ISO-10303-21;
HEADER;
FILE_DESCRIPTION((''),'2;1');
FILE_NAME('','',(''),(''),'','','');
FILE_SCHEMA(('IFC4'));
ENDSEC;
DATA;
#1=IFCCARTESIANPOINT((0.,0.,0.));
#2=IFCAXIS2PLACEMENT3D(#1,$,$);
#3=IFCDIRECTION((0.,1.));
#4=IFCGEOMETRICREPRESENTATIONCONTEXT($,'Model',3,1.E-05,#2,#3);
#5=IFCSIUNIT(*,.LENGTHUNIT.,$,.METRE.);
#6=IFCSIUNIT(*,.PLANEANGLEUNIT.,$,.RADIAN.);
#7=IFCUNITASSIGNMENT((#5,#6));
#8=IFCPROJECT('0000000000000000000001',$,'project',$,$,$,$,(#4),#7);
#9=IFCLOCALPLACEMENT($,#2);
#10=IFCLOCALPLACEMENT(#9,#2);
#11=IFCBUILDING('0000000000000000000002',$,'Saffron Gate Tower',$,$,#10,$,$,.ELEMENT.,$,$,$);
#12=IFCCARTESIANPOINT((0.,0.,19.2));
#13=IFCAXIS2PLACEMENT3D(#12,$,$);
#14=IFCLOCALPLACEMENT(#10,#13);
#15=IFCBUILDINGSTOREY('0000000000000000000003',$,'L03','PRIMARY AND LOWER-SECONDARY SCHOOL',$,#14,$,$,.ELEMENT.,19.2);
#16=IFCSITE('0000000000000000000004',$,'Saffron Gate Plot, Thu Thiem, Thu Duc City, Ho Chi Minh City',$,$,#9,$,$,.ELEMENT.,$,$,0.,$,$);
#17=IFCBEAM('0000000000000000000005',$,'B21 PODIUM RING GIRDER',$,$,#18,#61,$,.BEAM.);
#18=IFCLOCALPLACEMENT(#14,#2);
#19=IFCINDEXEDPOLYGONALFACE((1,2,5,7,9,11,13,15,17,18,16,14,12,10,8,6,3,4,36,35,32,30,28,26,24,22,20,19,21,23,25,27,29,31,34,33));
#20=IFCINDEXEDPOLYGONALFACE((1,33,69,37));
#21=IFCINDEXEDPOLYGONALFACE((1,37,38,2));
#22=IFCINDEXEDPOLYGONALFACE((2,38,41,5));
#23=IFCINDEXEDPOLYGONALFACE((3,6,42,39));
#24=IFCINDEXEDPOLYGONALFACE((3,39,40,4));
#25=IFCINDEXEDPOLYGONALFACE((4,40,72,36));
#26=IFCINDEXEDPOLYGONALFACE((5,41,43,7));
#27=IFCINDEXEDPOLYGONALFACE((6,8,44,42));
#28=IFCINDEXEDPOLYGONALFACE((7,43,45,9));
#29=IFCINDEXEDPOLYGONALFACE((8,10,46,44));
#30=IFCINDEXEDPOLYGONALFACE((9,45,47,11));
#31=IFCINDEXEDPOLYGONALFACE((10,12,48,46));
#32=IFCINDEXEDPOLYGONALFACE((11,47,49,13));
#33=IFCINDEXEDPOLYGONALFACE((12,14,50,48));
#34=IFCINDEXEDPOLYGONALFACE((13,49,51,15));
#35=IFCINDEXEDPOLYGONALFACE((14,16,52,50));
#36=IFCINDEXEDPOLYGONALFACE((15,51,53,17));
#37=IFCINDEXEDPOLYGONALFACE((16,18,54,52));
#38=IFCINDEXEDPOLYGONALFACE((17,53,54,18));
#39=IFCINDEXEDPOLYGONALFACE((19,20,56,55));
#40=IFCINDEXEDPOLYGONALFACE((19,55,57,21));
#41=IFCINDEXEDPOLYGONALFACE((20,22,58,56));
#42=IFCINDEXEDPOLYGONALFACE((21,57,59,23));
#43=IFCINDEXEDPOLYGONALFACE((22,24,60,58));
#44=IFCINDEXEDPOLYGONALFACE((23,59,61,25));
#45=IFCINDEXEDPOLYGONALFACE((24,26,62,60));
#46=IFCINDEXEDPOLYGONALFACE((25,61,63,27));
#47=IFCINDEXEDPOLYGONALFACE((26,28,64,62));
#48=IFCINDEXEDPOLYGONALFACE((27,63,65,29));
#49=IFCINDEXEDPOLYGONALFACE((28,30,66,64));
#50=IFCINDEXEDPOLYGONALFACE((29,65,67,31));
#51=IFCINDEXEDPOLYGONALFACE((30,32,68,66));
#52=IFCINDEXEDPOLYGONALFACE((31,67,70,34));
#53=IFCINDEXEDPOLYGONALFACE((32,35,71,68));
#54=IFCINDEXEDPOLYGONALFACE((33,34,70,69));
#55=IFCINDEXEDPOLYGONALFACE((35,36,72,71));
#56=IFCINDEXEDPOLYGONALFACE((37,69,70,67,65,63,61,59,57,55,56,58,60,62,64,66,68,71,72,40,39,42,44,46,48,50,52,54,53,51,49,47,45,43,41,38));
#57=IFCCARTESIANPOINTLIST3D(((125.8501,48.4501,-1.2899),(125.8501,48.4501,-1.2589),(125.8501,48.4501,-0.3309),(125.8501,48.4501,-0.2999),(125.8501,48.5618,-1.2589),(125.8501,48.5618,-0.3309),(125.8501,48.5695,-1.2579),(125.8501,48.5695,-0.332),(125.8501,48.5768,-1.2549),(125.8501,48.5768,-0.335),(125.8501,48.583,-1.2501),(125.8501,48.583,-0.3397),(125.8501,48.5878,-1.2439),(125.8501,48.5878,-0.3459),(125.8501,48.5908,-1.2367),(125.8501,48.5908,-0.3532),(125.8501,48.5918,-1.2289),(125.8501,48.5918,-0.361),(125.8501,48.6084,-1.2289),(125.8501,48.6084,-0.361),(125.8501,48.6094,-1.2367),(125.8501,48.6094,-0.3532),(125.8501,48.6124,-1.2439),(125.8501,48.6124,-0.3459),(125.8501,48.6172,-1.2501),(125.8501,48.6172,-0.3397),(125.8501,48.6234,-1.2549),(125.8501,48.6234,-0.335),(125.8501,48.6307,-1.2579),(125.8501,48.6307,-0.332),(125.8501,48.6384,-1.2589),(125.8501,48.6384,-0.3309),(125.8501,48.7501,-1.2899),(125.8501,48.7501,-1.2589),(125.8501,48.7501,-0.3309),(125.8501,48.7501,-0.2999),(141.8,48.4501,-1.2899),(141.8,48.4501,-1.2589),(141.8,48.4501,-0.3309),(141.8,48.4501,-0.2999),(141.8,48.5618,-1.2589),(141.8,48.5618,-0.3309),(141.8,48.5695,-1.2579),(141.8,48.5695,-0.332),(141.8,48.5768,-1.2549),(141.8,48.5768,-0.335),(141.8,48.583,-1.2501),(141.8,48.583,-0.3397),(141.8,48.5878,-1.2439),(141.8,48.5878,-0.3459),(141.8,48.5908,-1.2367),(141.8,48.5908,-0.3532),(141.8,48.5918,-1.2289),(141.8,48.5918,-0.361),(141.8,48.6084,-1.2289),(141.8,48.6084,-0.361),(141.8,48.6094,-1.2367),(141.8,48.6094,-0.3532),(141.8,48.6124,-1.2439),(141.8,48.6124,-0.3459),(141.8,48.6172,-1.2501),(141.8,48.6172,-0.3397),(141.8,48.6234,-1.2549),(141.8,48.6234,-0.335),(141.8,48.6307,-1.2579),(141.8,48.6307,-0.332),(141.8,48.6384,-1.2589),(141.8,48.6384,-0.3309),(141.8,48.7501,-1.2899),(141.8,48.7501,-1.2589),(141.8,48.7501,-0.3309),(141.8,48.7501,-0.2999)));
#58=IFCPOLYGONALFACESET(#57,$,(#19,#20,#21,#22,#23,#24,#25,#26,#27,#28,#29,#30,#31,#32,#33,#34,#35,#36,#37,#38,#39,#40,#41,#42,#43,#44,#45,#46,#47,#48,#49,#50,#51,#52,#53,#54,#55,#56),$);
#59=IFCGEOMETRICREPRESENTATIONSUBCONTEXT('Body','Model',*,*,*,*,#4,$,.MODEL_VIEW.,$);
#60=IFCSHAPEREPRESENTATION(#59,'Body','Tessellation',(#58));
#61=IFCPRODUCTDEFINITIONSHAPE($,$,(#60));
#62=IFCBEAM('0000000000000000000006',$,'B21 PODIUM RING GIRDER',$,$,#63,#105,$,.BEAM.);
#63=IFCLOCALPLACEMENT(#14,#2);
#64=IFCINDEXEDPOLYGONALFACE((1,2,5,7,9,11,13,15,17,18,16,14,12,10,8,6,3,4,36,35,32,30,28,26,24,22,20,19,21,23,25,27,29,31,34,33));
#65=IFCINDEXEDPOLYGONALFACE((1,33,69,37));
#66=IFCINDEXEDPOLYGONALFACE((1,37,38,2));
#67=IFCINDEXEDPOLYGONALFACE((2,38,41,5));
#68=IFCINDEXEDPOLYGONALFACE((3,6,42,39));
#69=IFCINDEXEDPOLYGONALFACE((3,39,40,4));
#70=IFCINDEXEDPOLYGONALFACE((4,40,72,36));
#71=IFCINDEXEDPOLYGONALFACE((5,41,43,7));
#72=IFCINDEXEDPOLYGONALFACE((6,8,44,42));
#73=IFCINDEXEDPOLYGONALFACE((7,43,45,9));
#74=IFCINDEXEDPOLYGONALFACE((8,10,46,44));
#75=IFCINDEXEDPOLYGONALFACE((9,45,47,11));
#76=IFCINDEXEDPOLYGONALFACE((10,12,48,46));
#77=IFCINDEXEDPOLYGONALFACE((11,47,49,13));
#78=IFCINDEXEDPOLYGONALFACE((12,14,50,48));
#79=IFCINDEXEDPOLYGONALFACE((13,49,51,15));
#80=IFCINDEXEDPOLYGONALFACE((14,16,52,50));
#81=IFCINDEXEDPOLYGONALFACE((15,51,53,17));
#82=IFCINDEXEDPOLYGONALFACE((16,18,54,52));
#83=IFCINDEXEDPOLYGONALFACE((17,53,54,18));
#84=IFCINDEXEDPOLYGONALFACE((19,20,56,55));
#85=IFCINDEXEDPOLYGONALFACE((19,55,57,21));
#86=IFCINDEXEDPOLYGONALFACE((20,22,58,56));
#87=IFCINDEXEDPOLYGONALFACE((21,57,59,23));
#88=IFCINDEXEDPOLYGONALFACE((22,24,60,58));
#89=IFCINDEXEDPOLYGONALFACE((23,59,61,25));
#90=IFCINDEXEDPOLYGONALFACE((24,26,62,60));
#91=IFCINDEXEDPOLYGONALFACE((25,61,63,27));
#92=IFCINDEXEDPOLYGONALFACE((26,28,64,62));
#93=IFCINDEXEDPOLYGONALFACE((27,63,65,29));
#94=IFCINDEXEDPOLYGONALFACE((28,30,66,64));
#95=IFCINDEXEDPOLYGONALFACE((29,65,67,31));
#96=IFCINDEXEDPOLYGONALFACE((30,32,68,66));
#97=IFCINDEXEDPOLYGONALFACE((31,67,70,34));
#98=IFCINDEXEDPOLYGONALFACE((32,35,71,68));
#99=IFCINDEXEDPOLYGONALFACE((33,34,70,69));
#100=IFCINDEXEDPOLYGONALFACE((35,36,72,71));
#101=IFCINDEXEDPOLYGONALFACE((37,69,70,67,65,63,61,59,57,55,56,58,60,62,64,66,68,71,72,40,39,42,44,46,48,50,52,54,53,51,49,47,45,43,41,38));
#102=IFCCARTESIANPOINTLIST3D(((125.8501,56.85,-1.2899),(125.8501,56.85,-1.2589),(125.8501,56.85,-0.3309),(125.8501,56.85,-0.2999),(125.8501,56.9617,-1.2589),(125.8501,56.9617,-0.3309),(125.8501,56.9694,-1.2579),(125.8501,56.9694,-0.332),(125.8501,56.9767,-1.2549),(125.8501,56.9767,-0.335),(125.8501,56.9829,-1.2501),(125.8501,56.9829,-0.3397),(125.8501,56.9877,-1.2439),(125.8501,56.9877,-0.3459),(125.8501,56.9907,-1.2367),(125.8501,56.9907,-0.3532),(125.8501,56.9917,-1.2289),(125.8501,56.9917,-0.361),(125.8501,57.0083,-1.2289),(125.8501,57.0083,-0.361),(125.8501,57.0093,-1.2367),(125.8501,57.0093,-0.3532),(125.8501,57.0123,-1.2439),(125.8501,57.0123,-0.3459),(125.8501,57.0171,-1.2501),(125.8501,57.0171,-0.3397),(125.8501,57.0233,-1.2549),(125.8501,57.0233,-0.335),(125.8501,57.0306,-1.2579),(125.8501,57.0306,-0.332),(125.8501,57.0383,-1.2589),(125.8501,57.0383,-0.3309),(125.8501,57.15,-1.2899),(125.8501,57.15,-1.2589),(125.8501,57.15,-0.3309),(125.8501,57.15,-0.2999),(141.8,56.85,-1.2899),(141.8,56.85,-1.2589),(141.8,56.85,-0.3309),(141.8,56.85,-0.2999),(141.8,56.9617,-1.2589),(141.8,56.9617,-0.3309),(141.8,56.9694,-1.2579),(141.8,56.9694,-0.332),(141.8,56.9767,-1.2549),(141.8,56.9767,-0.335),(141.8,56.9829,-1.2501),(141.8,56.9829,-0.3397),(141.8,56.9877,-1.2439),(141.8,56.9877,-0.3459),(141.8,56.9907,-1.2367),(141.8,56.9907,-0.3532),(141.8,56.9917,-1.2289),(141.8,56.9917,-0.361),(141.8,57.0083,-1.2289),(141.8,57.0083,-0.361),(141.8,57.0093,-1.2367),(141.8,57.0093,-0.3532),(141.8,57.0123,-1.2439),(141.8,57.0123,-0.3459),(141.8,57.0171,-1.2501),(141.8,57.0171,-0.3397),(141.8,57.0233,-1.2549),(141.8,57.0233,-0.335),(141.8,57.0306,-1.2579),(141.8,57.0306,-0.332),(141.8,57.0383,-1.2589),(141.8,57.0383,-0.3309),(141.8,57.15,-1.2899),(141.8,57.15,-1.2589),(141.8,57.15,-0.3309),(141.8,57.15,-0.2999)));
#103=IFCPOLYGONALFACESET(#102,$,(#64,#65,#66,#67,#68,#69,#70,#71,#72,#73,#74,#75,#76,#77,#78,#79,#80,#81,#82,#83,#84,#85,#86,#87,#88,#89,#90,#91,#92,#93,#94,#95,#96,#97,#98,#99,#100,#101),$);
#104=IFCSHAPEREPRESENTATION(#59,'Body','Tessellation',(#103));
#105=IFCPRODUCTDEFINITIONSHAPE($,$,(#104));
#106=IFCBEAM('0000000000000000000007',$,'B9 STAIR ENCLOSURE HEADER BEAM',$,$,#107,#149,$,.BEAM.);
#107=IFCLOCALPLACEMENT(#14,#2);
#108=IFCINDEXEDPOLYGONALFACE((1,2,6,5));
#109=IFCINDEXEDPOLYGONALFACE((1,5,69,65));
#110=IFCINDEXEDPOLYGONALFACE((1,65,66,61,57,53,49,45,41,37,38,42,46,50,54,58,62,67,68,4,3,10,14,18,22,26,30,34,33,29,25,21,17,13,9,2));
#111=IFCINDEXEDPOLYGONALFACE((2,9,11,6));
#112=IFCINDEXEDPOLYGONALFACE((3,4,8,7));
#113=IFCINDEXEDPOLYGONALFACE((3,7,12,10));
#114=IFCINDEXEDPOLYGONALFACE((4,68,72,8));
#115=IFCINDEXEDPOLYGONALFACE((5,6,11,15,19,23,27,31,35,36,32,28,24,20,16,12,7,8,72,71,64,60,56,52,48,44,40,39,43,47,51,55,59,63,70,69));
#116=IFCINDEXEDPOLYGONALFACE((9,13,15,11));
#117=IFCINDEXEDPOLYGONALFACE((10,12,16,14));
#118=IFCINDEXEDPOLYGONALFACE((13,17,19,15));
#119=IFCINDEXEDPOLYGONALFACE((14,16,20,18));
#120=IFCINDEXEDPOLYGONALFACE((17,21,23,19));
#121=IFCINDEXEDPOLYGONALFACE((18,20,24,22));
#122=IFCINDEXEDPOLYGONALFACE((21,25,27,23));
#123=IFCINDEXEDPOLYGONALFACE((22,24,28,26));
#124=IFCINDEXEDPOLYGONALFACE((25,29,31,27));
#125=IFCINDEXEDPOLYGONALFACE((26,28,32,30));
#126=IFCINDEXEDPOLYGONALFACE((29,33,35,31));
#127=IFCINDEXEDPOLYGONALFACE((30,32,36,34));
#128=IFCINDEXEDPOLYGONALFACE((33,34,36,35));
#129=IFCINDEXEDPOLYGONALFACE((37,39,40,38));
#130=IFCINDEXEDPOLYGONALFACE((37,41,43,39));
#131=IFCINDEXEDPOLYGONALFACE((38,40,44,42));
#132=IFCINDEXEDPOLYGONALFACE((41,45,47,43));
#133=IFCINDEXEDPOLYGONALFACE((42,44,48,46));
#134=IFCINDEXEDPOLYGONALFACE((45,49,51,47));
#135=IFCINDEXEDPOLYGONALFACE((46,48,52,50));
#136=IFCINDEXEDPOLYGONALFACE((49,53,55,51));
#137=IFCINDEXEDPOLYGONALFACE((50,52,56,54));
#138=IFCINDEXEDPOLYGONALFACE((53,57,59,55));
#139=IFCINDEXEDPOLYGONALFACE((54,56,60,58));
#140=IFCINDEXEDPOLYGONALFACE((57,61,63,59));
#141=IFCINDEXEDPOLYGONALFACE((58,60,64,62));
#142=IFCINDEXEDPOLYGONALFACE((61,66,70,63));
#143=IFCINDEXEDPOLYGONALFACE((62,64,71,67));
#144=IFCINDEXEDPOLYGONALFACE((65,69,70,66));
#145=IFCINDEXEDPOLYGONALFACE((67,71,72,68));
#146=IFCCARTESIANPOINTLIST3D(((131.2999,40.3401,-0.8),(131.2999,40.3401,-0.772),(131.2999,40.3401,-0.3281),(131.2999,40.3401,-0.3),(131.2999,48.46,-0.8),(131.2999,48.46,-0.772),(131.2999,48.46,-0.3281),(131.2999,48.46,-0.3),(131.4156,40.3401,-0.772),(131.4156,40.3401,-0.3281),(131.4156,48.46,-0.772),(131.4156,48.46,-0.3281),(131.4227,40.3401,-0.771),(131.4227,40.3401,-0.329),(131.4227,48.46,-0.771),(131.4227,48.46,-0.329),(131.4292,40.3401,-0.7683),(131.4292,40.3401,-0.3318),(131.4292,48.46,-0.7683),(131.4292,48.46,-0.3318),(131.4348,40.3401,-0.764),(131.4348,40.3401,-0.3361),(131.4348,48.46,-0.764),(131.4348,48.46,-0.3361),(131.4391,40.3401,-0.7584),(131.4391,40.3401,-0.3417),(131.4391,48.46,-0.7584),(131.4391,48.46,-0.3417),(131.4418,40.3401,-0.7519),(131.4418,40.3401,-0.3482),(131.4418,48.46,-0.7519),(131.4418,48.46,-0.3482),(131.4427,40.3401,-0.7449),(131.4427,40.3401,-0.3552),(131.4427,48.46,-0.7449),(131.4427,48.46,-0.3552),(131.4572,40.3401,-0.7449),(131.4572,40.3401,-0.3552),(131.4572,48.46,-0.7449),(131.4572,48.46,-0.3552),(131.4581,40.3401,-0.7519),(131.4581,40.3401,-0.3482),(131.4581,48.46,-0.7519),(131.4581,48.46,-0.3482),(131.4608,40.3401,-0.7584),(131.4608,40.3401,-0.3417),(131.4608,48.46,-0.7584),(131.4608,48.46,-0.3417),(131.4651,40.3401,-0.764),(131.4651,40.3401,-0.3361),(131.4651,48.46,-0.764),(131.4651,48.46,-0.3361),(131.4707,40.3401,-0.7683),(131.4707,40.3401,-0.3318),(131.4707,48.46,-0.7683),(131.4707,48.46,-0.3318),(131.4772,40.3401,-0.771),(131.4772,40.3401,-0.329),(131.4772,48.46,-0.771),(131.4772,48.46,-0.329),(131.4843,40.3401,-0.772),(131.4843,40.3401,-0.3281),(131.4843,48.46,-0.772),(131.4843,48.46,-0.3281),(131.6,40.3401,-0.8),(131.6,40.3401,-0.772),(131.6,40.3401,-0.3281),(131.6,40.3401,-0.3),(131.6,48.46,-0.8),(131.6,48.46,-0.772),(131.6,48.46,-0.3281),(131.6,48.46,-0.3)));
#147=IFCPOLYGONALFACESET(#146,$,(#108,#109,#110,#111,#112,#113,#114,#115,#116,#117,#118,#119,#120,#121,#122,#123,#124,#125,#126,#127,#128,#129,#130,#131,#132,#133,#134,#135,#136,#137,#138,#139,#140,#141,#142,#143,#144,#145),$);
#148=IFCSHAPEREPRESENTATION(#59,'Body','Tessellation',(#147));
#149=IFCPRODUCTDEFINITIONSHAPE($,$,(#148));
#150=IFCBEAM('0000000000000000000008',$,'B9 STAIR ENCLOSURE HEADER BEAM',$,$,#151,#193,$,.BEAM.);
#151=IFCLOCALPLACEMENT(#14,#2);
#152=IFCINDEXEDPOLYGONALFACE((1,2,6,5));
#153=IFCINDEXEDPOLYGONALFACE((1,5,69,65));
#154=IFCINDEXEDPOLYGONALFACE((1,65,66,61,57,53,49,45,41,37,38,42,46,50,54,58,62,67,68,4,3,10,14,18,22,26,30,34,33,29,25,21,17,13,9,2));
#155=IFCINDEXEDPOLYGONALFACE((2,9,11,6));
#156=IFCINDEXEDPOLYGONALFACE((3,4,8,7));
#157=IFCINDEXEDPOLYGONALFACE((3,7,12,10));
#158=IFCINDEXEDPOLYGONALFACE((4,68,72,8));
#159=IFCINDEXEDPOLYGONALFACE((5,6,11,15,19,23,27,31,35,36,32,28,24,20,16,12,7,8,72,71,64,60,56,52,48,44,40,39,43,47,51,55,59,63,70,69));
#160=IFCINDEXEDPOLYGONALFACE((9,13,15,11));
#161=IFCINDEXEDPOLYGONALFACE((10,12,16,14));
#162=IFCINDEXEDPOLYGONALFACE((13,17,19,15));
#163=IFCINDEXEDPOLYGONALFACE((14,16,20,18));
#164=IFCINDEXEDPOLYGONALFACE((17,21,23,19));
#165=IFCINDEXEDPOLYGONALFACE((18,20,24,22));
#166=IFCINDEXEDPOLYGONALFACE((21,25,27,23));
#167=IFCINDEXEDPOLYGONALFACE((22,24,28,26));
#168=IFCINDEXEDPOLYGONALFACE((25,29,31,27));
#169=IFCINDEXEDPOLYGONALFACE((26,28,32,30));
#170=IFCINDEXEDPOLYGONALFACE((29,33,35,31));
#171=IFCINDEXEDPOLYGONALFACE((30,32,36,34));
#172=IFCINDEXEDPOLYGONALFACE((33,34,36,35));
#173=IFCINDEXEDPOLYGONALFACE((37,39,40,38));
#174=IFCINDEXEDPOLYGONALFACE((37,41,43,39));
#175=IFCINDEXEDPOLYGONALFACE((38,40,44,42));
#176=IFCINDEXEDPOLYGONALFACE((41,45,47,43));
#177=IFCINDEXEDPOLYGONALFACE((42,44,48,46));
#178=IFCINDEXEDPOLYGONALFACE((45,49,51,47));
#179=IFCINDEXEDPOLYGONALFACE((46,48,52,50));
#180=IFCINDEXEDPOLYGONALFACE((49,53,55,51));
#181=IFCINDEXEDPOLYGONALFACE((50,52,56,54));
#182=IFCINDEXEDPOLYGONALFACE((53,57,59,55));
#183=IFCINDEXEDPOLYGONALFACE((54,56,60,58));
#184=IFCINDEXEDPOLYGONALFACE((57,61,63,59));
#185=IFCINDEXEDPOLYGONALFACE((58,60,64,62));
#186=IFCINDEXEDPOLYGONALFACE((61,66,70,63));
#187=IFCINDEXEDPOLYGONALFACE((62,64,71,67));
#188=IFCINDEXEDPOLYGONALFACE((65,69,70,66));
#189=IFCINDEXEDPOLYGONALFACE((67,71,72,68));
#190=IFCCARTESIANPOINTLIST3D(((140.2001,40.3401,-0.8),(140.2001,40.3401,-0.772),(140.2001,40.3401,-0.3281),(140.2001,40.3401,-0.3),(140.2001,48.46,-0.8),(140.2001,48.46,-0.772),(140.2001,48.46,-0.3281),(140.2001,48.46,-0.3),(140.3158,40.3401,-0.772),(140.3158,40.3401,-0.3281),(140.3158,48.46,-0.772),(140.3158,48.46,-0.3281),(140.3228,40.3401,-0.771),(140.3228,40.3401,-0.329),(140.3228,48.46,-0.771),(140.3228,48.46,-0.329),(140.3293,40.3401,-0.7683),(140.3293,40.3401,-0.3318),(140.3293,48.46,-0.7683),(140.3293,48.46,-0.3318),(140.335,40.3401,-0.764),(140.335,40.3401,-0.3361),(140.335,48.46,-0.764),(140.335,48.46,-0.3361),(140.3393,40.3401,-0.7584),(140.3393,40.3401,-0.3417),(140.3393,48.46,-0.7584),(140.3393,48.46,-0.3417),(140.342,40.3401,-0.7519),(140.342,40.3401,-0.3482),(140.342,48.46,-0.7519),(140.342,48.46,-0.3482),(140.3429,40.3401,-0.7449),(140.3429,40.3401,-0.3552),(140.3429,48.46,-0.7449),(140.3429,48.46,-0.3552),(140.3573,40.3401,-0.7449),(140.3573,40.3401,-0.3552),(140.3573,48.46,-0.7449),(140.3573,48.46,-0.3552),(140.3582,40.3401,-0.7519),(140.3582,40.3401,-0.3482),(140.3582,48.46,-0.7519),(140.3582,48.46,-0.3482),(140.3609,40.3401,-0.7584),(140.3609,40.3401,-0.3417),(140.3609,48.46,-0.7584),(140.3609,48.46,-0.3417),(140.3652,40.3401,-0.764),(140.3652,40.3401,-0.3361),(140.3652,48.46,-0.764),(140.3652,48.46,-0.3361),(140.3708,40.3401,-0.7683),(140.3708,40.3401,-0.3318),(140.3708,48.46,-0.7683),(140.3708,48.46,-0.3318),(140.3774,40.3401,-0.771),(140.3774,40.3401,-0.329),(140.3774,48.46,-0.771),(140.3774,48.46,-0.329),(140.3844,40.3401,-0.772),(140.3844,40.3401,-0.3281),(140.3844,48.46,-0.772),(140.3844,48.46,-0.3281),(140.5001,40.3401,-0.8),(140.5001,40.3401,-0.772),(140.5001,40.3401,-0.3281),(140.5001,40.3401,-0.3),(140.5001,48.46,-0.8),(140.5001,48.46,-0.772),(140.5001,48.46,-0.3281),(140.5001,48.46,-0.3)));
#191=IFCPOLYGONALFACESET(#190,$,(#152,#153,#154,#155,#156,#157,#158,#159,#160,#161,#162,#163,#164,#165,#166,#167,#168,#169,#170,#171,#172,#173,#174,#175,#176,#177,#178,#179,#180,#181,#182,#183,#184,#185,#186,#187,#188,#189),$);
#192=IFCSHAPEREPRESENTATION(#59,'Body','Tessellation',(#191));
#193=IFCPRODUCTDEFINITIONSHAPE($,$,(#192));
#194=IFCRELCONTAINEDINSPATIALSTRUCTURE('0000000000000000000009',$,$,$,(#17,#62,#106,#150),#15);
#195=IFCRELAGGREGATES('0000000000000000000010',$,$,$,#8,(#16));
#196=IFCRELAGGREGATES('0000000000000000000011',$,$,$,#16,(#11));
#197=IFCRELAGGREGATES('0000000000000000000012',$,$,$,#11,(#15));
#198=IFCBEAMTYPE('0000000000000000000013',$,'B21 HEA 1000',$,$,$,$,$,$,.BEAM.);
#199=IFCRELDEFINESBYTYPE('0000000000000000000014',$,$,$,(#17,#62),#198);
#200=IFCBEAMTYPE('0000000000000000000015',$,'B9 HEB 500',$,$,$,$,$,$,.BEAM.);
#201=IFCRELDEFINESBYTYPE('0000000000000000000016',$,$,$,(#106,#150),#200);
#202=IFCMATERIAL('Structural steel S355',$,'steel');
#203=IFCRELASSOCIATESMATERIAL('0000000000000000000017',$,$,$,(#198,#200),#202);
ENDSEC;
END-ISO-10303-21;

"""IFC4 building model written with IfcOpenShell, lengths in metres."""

from ifc_helpers import new_model, si_unit, direction, frame, origin, origin_2d, place, context, subcontext, project, spatial, i_section, extrude, material, material_profile, profile_set, type_object, element, save


model = new_model("IFC4")

# Units and contexts
model_context = context("Model", 3, precision=1e-05, world=origin(), true_north=direction((0.0, 1.0)))
body_context = subcontext(model_context, "Body", "Model", "MODEL_VIEW")
ifc_project = project(units=[si_unit("LENGTHUNIT", "METRE"), si_unit("PLANEANGLEUNIT", "RADIAN")], contexts=[model_context])

# Site, building, storey
site_placement = place(None, origin())
site = spatial("IfcSite", under=ifc_project, at=site_placement, Name="Saffron Gate Plot, Thu Thiem, Thu Duc City, Ho Chi Minh City", CompositionType="ELEMENT", RefElevation=0.0)
building_placement = place(site_placement, origin())
building = spatial("IfcBuilding", under=site, at=building_placement, Name="Saffron Gate Tower", CompositionType="ELEMENT")
storey_placement = place(building_placement, frame((0.0, 0.0, 19.2)))
storey = spatial("IfcBuildingStorey", under=building, at=storey_placement, Name="L03", Description="PRIMARY AND LOWER-SECONDARY SCHOOL", CompositionType="ELEMENT", Elevation=19.2)

# Beams
ifc_material_1 = material(Name="Structural steel S355", Category="steel")
ifc_material_profile_1 = material_profile(ifc_material_1, i_section(OverallWidth=0.3, OverallDepth=0.99, WebThickness=0.0166, FlangeThickness=0.031, FilletRadius=0.03, at=origin_2d()))
ifc_profile_set_1 = profile_set([ifc_material_profile_1], Name="Structural steel S355")
beam_type_1 = type_object("IfcBeamType", Name="B21 HEA 1000", PredefinedType="BEAM", material=ifc_profile_set_1)
for number, where, z_axis, x_axis, name in (
    (1, (141.8, 48.6001, -0.7949), (-1.0, 0.0, 0.0), (0.0, -1.0, 0.0), "B21 PODIUM RING GIRDER"),
    (2, (141.8, 57.0, -0.7949), (-1.0, 0.0, 0.0), (0.0, -1.0, 0.0), "B21 PODIUM RING GIRDER"),
):
    element("IfcBeam", number, at=place(storey_placement, frame(where, z_axis=z_axis, x_axis=x_axis)), inside=storey, type_object=beam_type_1, Name=name, PredefinedType="BEAM", context=body_context, shape_type="SweptSolid", body=[
        extrude(i_section(OverallWidth=0.3, OverallDepth=0.99, WebThickness=0.0166, FlangeThickness=0.031, FilletRadius=0.03, at=origin_2d()), origin(), (0.0, 0.0, 1.0), 15.95),
    ])
ifc_material_profile_2 = material_profile(ifc_material_1, i_section(OverallWidth=0.3, OverallDepth=0.5, WebThickness=0.0144, FlangeThickness=0.0281, FilletRadius=0.0271, at=origin_2d()))
ifc_profile_set_2 = profile_set([ifc_material_profile_2], Name="Structural steel S355")
beam_type_2 = type_object("IfcBeamType", Name="B9 HEB 500", PredefinedType="BEAM", material=ifc_profile_set_2)
for number, where, z_axis, x_axis, name in (
    (3, (131.45, 40.3401, -0.55), (0.0, 1.0, 0.0), (-1.0, 0.0, 0.0), "B9 STAIR ENCLOSURE HEADER BEAM"),
    (4, (140.3501, 40.3401, -0.55), (0.0, 1.0, 0.0), (-1.0, 0.0, 0.0), "B9 STAIR ENCLOSURE HEADER BEAM"),
):
    element("IfcBeam", number, at=place(storey_placement, frame(where, z_axis=z_axis, x_axis=x_axis)), inside=storey, type_object=beam_type_2, Name=name, PredefinedType="BEAM", context=body_context, shape_type="SweptSolid", body=[
        extrude(i_section(OverallWidth=0.3, OverallDepth=0.5, WebThickness=0.0144, FlangeThickness=0.0281, FilletRadius=0.0271, at=origin_2d()), origin(), (0.0, 0.0, 1.0), 8.1199),
    ])

save(model, "model.ifc")
